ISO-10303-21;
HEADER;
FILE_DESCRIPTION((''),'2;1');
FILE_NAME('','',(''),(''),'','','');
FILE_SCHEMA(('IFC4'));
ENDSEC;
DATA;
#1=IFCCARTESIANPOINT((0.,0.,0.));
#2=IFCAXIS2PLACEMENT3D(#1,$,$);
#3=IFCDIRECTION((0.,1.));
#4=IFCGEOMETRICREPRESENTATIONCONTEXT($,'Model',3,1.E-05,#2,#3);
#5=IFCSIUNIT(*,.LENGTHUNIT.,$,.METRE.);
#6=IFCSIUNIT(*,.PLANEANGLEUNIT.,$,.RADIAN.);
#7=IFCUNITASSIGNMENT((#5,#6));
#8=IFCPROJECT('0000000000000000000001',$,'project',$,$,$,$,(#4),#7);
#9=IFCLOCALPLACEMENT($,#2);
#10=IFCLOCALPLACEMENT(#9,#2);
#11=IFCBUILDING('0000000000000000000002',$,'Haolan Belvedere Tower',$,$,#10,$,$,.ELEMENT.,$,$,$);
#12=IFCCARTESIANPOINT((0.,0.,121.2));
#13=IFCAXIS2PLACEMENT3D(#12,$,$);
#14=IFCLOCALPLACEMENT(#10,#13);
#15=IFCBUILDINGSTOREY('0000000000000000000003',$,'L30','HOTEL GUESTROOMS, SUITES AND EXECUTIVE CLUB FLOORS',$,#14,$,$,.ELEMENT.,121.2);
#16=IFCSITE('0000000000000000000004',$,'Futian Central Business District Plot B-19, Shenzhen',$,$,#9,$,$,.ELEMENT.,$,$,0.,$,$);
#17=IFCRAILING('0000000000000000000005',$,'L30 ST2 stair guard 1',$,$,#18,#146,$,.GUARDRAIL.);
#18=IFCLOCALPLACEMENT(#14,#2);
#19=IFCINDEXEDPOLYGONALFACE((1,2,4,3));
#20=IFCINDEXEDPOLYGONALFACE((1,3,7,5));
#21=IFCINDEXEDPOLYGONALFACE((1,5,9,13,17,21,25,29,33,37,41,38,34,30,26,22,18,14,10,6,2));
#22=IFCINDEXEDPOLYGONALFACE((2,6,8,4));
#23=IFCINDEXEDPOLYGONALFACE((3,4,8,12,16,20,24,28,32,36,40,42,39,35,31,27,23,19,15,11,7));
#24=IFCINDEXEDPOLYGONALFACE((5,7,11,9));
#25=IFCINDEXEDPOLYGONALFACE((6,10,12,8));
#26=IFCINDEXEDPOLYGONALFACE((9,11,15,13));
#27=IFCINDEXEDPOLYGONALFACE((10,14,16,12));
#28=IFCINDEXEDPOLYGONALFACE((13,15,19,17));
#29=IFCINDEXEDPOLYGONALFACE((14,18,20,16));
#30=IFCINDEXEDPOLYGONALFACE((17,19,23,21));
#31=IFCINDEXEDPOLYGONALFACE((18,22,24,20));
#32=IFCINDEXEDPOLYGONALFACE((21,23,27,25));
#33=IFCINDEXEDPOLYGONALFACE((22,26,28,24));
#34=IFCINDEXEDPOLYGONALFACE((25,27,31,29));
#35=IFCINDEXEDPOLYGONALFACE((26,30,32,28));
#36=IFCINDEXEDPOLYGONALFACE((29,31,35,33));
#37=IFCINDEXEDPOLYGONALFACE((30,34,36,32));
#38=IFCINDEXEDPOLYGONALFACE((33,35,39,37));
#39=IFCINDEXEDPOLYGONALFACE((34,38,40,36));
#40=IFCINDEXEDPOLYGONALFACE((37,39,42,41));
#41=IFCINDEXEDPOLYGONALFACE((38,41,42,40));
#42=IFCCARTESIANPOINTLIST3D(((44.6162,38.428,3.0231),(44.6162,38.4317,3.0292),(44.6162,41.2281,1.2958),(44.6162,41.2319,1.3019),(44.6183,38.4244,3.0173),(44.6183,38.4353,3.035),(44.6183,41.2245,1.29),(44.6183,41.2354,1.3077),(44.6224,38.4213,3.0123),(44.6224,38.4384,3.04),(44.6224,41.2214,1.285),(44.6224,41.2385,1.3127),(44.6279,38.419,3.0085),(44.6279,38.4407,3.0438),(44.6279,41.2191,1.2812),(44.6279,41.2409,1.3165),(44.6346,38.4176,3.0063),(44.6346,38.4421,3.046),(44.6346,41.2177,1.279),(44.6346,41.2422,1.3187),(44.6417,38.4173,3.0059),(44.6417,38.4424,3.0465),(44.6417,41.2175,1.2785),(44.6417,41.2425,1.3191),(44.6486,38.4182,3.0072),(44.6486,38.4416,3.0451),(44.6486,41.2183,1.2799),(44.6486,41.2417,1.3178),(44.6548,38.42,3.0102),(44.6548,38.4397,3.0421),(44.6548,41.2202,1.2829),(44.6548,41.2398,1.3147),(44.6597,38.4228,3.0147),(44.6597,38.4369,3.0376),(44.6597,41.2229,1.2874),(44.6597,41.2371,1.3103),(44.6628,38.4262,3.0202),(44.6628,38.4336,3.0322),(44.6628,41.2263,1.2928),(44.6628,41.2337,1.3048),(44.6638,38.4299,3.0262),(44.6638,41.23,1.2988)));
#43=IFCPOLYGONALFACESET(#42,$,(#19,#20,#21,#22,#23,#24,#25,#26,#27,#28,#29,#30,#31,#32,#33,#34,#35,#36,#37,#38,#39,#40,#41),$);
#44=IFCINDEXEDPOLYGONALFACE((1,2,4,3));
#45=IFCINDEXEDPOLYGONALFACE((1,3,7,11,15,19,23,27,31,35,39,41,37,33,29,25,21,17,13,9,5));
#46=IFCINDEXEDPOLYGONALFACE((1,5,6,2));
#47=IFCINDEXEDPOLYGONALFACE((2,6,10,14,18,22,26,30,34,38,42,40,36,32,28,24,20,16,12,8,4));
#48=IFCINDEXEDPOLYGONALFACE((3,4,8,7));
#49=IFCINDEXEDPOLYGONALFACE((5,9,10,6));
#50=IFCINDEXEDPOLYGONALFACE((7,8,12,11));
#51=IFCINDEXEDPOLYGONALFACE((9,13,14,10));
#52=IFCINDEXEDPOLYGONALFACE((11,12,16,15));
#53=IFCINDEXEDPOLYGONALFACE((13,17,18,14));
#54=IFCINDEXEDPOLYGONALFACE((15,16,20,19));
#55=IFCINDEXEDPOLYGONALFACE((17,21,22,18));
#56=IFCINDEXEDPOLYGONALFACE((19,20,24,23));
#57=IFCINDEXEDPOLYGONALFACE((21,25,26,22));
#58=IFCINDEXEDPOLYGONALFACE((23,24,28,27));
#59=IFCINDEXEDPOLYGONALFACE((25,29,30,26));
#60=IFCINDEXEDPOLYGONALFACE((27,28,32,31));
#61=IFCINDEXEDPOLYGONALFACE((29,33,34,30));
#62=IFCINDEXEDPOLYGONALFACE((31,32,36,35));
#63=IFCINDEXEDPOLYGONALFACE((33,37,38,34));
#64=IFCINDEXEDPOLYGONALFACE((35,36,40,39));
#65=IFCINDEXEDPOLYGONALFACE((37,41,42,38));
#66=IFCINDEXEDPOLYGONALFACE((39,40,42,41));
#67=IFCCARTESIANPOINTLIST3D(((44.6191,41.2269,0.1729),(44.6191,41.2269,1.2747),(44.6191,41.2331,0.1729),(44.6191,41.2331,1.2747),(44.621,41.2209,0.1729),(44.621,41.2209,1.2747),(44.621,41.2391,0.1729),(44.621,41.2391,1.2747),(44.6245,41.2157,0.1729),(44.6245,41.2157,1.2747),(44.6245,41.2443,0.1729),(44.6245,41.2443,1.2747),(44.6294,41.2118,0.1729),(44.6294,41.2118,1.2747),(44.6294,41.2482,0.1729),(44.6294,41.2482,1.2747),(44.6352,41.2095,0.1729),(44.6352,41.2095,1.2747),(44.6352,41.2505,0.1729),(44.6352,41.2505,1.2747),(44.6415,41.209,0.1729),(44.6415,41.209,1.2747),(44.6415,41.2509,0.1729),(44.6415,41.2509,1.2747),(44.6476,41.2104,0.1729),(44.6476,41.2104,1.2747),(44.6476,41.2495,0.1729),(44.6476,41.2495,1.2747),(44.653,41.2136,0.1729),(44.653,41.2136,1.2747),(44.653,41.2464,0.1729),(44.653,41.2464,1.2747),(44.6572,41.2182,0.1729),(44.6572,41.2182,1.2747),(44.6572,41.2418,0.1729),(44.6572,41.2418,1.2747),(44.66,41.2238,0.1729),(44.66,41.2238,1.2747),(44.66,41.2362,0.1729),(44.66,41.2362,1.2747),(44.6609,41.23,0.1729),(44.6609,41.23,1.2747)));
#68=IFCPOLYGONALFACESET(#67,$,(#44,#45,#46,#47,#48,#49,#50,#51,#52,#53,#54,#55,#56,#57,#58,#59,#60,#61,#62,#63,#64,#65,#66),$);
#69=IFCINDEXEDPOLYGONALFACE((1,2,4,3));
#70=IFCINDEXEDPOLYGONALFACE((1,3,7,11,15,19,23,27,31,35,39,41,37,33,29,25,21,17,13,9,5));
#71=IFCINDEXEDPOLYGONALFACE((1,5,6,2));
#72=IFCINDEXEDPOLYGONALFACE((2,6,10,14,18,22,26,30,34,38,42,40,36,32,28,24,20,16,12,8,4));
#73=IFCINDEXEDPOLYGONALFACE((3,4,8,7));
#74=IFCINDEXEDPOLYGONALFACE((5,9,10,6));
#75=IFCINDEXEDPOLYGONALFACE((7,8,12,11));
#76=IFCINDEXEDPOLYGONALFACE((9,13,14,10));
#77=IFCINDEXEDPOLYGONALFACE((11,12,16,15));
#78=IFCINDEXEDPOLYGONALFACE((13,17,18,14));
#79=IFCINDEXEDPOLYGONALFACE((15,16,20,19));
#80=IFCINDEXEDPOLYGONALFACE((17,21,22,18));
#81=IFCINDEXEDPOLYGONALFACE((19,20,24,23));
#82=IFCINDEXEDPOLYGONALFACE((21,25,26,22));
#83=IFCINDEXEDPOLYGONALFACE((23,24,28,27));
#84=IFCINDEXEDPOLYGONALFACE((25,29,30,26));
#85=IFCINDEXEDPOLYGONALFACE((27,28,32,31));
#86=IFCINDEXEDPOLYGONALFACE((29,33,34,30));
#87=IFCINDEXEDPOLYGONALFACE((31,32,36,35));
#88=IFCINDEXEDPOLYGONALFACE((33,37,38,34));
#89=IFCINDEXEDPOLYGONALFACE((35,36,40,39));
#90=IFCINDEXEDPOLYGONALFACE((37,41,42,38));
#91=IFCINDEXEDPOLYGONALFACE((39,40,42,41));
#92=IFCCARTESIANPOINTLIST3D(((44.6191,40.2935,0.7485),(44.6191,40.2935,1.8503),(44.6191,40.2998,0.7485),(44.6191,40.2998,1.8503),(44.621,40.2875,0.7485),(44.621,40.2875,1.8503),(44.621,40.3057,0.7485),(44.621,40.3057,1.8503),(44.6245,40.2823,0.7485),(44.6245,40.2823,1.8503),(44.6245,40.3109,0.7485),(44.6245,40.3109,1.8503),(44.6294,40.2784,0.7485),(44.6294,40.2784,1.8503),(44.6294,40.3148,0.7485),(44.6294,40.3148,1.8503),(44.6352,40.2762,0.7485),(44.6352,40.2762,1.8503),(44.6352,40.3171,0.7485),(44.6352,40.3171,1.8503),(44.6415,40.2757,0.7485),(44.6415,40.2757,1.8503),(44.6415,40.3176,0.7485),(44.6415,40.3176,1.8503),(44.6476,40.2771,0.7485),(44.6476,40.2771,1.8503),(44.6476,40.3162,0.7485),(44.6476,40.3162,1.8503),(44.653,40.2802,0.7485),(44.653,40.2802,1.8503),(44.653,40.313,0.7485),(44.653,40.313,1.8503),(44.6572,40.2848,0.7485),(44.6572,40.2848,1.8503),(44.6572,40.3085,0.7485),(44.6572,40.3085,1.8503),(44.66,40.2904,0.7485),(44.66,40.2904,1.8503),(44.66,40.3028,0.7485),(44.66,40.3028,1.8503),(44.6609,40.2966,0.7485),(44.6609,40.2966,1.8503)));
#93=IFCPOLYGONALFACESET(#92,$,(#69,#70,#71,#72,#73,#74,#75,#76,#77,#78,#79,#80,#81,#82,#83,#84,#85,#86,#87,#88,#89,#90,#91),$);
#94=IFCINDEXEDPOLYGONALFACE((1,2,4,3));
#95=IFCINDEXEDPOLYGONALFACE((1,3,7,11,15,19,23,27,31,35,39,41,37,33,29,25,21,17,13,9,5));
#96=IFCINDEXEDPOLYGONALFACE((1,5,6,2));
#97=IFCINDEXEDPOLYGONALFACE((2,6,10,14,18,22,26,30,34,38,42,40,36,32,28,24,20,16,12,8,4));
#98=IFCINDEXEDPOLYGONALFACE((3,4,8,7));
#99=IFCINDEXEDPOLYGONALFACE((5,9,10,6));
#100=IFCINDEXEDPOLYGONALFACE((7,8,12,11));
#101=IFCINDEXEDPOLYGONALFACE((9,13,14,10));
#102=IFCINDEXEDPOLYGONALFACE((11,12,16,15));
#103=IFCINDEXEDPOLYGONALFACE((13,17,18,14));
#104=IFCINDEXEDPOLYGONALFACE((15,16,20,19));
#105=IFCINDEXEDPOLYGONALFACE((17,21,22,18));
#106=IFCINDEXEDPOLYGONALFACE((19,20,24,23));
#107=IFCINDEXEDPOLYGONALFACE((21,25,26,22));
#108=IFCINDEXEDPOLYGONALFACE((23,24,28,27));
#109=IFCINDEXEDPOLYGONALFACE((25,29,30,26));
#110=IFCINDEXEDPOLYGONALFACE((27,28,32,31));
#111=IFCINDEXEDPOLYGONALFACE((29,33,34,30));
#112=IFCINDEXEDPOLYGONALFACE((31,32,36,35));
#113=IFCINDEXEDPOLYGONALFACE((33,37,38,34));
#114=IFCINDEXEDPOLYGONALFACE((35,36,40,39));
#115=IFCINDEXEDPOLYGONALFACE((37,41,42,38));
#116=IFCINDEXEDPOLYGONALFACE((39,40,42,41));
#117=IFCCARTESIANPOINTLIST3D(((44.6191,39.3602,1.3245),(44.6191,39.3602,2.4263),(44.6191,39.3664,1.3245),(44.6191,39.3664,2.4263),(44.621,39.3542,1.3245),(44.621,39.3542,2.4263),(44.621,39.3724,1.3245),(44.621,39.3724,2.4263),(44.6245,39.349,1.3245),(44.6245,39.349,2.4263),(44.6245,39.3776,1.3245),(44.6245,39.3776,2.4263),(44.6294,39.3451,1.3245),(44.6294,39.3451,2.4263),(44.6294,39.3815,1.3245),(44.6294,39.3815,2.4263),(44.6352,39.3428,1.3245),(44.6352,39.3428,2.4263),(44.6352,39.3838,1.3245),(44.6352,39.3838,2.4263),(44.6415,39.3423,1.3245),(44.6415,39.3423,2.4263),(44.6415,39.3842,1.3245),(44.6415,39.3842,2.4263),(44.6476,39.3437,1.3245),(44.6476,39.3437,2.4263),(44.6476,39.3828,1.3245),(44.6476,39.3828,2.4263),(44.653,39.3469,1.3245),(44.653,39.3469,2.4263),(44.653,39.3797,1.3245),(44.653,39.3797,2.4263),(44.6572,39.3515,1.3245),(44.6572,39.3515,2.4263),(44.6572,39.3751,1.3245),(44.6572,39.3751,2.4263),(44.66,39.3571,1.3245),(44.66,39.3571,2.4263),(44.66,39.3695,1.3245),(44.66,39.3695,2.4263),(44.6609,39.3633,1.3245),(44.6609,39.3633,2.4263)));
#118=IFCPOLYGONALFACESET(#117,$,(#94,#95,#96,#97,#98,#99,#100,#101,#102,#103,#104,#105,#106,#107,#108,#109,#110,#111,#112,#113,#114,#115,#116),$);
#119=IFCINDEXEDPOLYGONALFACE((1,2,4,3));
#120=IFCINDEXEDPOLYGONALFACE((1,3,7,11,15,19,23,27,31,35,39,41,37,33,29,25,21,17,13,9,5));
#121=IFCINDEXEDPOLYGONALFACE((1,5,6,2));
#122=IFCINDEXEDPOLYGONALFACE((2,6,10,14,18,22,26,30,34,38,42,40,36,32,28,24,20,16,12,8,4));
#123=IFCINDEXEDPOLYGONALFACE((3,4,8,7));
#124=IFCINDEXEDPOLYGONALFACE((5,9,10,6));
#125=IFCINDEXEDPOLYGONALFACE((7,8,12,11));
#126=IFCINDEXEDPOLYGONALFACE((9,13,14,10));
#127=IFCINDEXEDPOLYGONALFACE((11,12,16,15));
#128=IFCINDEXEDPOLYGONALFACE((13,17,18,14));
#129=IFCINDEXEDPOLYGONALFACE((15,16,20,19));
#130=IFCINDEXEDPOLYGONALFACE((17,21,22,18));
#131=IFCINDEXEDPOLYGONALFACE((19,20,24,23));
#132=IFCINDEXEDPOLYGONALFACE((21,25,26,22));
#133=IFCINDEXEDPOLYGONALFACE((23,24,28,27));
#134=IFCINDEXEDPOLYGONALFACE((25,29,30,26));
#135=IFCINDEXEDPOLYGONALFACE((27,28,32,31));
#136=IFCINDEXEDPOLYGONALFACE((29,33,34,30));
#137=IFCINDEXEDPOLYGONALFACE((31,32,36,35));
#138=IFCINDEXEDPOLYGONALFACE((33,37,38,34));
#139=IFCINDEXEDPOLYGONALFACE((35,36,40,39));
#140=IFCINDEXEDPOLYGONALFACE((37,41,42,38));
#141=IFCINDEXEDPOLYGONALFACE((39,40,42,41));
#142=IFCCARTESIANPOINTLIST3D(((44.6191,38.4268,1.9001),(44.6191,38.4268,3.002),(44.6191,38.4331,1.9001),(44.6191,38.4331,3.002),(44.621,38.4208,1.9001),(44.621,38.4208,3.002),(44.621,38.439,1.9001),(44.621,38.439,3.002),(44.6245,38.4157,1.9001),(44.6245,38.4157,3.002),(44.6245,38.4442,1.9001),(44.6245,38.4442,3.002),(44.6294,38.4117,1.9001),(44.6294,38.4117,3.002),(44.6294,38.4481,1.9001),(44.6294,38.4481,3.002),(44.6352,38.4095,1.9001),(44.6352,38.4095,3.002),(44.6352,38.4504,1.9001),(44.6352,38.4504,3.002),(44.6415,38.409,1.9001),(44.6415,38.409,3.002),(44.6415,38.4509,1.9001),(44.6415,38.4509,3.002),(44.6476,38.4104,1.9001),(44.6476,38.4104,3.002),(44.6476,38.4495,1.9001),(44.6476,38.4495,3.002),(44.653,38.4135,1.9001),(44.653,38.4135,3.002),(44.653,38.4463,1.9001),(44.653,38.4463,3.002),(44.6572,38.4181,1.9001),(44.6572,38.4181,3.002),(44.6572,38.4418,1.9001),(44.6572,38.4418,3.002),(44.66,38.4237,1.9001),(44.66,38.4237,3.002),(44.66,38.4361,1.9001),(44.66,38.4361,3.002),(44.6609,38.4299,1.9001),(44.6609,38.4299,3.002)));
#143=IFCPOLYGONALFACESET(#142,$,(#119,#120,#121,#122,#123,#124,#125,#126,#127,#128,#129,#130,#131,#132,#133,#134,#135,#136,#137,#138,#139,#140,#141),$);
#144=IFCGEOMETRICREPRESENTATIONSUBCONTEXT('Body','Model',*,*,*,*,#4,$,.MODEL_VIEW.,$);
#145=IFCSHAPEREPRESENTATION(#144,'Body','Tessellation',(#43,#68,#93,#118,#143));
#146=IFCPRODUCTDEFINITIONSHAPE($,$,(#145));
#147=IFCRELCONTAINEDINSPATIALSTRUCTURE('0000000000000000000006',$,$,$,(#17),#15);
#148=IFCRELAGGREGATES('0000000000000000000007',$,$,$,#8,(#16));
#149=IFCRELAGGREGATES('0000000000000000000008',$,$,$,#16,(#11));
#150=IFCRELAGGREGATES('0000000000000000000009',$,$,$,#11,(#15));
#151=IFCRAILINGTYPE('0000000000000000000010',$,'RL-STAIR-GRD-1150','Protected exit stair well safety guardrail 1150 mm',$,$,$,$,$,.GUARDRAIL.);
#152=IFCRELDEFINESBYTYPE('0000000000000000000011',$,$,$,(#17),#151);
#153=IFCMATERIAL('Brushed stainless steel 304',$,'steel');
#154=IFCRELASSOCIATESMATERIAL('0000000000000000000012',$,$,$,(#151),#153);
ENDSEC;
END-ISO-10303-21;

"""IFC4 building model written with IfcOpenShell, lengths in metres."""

from ifc_helpers import new_model, si_unit, direction, frame, origin, origin_2d, place, context, subcontext, project, spatial, circle, extrude, material, type_object, element, save


model = new_model("IFC4")

# Units and contexts
model_context = context("Model", 3, precision=1e-05, world=origin(), true_north=direction((0.0, 1.0)))
body_context = subcontext(model_context, "Body", "Model", "MODEL_VIEW")
ifc_project = project(units=[si_unit("LENGTHUNIT", "METRE"), si_unit("PLANEANGLEUNIT", "RADIAN")], contexts=[model_context])

# Site, building, storey
site_placement = place(None, origin())
site = spatial("IfcSite", under=ifc_project, at=site_placement, Name="Futian Central Business District Plot B-19, Shenzhen", CompositionType="ELEMENT", RefElevation=0.0)
building_placement = place(site_placement, origin())
building = spatial("IfcBuilding", under=site, at=building_placement, Name="Haolan Belvedere Tower", CompositionType="ELEMENT")
storey_placement = place(building_placement, frame((0.0, 0.0, 121.2)))
storey = spatial("IfcBuildingStorey", under=building, at=storey_placement, Name="L30", Description="HOTEL GUESTROOMS, SUITES AND EXECUTIVE CLUB FLOORS", CompositionType="ELEMENT", Elevation=121.2)

# Railing
ifc_material_1 = material(Name="Brushed stainless steel 304", Category="steel")
railing_type_1 = type_object("IfcRailingType", Name="RL-STAIR-GRD-1150", Description="Protected exit stair well safety guardrail 1150 mm", PredefinedType="GUARDRAIL", material=ifc_material_1)
railing_1_placement = place(storey_placement, frame((44.6399, 41.23, 0.1729)))
element("IfcRailing", 1, at=railing_1_placement, inside=storey, type_object=railing_type_1, Name="L30 ST2 stair guard 1", PredefinedType="GUARDRAIL", context=body_context, shape_type="SweptSolid", body=[
    extrude(circle(Radius=0.0239, at=origin_2d()), frame((0.0, 0.0, 1.126), z_axis=(0.0, -0.85109, 0.52502), x_axis=(1.0, 0.0, 0.0)), (0.0, 0.0, 1.0), 3.29),
    extrude(circle(Radius=0.021, at=origin_2d()), origin(), (0.0, 0.0, 1.0), 1.1018),
    extrude(circle(Radius=0.021, at=origin_2d()), frame((0.0, -0.9333, 0.5757)), (0.0, 0.0, 1.0), 1.1018),
    extrude(circle(Radius=0.021, at=origin_2d()), frame((0.0, -1.8667, 1.1516)), (0.0, 0.0, 1.0), 1.1018),
    extrude(circle(Radius=0.021, at=origin_2d()), frame((0.0, -2.8, 1.7273)), (0.0, 0.0, 1.0), 1.1018),
])

save(model, "model.ifc")
